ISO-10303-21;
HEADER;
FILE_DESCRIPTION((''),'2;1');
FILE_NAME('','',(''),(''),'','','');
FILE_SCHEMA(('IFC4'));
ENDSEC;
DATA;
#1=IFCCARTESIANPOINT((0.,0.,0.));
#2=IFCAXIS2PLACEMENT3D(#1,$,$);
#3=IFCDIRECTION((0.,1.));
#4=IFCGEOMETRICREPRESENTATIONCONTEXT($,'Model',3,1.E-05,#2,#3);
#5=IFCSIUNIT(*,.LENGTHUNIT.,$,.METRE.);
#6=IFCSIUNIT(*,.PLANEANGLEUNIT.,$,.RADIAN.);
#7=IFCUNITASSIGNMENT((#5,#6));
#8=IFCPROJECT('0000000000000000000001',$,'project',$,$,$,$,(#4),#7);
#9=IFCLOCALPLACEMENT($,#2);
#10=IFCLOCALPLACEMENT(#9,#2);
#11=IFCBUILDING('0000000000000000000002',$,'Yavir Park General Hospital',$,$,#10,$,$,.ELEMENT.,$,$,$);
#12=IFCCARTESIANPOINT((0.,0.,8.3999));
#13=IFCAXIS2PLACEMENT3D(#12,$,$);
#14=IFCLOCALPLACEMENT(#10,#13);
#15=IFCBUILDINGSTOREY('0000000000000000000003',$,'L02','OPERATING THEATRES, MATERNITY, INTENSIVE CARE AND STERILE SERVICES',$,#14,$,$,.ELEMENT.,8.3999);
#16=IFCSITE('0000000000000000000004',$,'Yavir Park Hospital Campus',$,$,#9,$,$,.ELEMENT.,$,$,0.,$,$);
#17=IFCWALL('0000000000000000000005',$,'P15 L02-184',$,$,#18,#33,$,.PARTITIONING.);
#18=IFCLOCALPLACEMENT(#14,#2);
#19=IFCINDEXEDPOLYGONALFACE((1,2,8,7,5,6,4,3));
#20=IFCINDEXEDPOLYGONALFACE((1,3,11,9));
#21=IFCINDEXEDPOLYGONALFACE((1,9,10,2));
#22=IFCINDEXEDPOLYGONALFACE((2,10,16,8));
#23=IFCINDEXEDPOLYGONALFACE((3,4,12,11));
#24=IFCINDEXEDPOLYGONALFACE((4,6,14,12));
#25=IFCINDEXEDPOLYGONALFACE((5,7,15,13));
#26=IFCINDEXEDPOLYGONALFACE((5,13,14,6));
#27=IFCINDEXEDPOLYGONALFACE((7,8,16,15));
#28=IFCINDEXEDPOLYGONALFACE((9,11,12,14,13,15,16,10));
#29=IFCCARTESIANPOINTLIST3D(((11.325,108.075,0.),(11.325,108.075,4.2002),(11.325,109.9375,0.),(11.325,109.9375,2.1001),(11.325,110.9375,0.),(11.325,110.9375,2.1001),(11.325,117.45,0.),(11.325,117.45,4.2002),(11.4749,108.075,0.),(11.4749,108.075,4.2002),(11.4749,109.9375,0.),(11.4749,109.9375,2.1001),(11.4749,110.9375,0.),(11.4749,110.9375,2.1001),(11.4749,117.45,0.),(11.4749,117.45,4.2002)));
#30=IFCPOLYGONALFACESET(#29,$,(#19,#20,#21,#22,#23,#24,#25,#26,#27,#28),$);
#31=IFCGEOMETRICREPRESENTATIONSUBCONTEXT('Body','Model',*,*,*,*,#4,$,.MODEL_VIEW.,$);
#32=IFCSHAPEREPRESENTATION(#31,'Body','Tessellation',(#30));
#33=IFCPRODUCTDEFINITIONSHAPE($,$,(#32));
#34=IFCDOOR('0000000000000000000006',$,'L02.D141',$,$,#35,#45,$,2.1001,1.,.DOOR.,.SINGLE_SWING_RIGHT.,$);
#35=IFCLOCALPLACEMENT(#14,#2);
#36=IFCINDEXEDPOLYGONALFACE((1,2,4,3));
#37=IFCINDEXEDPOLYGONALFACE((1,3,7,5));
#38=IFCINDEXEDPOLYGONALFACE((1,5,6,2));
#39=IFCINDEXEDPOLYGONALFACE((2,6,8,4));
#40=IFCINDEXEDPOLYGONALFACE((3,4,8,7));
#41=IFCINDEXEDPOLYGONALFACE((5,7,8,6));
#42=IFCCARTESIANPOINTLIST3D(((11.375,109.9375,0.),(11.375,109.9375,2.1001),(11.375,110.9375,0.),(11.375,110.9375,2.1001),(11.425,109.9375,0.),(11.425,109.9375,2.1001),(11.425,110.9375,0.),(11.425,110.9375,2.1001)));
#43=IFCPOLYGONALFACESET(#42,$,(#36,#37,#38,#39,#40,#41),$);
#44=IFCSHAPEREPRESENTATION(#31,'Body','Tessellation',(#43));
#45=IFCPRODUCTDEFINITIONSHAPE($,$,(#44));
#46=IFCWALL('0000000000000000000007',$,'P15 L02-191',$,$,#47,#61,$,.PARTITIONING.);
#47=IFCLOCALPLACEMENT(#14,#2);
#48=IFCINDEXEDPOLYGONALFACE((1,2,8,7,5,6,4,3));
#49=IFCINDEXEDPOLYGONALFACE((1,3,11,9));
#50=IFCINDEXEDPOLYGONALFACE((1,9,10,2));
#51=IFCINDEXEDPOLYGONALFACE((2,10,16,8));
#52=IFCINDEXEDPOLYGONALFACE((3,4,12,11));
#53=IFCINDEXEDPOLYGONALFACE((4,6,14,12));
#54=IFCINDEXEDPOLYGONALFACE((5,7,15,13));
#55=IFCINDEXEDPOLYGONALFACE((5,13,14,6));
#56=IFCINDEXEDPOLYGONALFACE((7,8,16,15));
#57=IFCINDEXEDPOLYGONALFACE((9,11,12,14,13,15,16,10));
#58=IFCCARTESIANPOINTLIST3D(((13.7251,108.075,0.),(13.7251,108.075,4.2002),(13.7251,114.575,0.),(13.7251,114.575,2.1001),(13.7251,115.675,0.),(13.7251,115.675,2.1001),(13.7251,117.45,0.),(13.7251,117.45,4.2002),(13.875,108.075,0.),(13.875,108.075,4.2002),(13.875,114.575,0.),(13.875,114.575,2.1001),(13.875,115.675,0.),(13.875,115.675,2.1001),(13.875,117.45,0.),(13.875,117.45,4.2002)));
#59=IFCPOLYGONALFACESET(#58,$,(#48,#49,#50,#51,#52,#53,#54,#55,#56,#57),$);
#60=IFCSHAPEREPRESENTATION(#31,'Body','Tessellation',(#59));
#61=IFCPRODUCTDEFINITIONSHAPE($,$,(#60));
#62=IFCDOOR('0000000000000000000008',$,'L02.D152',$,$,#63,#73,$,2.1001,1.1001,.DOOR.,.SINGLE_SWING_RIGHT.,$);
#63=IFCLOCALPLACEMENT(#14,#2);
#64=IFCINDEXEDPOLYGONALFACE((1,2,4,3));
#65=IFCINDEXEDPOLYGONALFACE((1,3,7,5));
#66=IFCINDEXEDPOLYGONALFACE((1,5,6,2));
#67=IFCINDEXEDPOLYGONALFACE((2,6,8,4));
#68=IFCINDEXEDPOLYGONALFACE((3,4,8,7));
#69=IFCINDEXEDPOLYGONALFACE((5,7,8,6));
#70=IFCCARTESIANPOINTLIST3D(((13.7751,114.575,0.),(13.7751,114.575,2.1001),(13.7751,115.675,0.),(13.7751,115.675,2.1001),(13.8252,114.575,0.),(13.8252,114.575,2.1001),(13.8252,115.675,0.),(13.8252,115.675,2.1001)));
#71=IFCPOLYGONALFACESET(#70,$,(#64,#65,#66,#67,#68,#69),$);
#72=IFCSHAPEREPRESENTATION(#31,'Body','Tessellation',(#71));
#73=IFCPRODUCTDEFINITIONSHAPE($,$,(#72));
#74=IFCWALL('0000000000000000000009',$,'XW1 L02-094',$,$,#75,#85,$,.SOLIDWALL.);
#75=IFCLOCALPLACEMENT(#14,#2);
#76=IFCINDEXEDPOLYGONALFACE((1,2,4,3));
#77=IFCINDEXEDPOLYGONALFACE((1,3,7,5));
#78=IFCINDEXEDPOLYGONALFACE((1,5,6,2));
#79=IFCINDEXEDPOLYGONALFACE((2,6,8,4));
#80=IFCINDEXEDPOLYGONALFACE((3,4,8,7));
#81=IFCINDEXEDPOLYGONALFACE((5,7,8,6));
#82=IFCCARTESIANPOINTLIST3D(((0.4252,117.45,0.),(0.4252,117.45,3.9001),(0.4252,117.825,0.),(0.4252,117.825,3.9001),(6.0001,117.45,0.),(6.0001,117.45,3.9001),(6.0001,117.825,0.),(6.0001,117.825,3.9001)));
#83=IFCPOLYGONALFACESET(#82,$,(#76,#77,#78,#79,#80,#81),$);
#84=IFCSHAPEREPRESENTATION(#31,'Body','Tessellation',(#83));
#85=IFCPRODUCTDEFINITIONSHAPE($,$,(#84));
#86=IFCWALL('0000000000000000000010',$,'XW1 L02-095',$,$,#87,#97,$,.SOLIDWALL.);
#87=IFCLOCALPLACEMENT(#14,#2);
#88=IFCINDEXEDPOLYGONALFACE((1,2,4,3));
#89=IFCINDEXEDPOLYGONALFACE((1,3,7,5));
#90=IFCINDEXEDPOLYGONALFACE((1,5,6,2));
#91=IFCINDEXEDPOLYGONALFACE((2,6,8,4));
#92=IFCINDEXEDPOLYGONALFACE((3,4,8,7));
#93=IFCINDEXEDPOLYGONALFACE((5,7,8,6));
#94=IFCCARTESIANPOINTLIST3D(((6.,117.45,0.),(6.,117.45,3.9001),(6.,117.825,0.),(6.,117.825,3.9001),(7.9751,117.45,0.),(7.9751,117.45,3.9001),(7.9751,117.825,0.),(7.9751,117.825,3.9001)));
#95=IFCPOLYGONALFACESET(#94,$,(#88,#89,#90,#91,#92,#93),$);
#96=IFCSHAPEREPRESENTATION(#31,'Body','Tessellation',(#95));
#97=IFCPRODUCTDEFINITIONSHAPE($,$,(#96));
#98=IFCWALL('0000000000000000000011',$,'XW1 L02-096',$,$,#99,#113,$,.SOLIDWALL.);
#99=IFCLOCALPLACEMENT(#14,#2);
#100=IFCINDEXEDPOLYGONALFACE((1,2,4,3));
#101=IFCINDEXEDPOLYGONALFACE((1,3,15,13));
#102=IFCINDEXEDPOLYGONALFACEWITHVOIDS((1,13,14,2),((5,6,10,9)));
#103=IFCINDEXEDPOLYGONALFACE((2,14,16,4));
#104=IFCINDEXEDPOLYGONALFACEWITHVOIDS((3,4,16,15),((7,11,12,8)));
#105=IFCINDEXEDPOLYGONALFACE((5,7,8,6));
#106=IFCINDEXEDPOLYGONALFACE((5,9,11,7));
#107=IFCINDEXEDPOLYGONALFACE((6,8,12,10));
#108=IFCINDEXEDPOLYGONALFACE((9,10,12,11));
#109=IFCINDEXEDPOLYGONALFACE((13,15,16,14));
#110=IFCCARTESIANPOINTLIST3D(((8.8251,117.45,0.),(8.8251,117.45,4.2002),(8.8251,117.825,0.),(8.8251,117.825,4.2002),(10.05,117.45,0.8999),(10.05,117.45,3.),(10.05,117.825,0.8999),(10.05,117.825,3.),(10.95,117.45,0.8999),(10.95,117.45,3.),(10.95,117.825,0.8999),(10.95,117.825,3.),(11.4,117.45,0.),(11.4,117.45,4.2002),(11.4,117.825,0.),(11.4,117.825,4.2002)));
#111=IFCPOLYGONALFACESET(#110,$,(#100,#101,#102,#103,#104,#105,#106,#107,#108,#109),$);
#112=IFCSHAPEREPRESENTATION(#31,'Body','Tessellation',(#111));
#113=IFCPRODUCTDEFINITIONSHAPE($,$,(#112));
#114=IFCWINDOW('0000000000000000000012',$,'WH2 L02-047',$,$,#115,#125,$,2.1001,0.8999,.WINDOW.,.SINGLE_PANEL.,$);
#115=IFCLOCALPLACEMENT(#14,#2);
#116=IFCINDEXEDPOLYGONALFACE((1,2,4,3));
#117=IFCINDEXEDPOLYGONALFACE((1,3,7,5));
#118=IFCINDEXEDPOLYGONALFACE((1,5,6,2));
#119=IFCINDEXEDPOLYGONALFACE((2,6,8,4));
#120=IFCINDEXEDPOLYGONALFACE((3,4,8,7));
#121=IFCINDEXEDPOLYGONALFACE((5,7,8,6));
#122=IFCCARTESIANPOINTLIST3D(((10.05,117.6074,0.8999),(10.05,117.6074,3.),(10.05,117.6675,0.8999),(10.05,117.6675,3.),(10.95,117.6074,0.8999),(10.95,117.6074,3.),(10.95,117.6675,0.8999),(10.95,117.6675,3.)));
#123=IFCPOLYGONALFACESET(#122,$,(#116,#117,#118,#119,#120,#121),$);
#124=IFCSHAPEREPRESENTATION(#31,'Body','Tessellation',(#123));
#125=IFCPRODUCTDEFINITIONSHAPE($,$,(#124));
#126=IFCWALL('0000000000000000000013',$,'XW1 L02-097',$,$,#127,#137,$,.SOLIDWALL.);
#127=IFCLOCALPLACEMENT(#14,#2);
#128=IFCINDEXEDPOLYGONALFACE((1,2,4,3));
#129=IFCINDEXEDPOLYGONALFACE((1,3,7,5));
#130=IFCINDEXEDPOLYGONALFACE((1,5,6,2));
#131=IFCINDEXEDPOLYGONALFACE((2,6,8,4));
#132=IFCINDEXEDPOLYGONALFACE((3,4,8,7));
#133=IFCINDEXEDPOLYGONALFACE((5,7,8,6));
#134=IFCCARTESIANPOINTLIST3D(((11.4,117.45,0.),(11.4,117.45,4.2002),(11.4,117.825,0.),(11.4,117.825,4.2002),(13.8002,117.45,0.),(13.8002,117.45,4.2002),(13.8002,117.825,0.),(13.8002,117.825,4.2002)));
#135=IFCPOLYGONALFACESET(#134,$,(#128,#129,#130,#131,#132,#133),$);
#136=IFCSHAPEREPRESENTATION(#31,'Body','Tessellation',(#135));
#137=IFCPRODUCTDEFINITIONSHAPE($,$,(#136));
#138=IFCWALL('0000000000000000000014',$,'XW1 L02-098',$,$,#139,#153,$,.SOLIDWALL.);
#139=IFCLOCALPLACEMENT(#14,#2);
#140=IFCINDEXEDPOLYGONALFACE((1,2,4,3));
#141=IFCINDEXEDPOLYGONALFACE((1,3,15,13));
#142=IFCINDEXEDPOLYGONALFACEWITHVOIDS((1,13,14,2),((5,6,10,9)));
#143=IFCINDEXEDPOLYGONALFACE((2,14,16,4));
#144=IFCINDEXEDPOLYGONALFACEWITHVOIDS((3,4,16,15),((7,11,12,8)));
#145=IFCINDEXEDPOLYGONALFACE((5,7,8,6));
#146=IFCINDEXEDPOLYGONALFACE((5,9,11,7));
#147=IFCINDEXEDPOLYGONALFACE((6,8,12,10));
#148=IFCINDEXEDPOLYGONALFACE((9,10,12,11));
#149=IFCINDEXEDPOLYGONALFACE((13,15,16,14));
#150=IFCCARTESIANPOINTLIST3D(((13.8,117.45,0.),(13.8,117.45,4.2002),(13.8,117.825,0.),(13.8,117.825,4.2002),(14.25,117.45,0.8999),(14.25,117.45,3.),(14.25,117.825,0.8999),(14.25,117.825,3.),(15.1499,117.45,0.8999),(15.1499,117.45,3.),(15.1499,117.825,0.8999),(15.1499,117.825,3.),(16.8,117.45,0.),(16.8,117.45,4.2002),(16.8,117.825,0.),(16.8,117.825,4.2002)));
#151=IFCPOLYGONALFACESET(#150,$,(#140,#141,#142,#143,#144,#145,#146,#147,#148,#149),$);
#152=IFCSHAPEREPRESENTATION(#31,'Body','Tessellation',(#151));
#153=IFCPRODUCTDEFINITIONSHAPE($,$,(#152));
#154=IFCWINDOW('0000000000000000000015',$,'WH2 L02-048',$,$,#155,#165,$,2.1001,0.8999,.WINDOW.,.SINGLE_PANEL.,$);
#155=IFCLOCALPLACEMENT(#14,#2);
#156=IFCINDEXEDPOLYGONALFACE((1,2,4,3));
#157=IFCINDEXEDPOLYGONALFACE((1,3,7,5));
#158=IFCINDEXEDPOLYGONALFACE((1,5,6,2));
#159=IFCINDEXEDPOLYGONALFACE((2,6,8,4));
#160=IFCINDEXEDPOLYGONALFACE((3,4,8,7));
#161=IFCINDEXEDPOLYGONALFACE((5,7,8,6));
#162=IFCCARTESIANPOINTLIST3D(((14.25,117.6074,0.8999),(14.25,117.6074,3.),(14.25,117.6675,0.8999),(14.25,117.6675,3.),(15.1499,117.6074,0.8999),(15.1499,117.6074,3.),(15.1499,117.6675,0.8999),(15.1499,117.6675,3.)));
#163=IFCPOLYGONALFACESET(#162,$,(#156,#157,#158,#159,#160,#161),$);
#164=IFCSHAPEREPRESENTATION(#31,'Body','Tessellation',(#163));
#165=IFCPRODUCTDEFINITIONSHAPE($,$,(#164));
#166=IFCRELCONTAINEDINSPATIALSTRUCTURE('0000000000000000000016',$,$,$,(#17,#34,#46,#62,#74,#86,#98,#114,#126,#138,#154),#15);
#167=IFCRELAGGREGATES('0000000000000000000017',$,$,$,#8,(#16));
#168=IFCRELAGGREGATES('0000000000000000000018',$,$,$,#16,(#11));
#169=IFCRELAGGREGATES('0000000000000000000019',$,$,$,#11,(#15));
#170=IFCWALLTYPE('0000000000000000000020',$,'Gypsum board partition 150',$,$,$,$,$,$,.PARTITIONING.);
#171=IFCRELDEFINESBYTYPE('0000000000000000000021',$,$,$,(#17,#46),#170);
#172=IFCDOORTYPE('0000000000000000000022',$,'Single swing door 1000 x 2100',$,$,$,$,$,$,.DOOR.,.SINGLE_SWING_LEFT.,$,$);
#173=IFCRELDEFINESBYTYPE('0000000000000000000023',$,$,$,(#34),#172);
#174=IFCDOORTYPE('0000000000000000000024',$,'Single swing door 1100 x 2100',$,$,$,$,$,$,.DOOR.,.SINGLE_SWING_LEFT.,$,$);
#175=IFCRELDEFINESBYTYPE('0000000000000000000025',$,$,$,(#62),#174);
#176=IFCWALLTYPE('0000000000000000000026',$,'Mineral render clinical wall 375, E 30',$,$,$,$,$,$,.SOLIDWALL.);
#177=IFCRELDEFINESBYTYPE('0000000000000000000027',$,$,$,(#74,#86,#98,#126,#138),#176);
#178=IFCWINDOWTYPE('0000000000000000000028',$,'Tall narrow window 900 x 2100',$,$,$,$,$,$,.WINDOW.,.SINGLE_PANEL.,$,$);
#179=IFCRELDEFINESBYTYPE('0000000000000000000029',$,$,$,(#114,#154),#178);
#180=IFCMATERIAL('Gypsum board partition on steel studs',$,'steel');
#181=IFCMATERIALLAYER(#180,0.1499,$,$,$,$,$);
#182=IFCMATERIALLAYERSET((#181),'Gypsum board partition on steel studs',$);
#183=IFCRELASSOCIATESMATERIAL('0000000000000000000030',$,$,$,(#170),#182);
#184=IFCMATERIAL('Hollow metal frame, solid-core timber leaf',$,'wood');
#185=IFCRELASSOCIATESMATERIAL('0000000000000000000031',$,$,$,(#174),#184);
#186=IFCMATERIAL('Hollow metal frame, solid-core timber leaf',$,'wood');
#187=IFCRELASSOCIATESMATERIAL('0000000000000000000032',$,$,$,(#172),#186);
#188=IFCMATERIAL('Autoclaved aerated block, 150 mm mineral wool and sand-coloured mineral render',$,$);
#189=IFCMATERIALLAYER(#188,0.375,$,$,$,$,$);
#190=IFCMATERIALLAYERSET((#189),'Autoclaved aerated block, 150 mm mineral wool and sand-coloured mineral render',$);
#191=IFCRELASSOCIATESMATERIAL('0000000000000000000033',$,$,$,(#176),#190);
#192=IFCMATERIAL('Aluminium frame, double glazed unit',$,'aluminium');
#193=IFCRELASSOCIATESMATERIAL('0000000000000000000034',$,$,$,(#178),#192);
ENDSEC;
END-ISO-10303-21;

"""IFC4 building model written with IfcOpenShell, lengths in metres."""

from ifc_helpers import new_model, si_unit, direction, frame, frame_2d, origin, place, context, subcontext, project, spatial, rectangle, extrude, material, layer, layer_set, type_object, element, fill, save


model = new_model("IFC4")

# Units and contexts
model_context = context("Model", 3, precision=1e-05, world=origin(), true_north=direction((0.0, 1.0)))
body_context = subcontext(model_context, "Body", "Model", "MODEL_VIEW")
ifc_project = project(units=[si_unit("LENGTHUNIT", "METRE"), si_unit("PLANEANGLEUNIT", "RADIAN")], contexts=[model_context])

# Site, building, storey
site_placement = place(None, origin())
site = spatial("IfcSite", under=ifc_project, at=site_placement, Name="Yavir Park Hospital Campus", CompositionType="ELEMENT", RefElevation=0.0)
building_placement = place(site_placement, origin())
building = spatial("IfcBuilding", under=site, at=building_placement, Name="Yavir Park General Hospital", CompositionType="ELEMENT")
storey_placement = place(building_placement, frame((0.0, 0.0, 8.3999)))
storey = spatial("IfcBuildingStorey", under=building, at=storey_placement, Name="L02", Description="OPERATING THEATRES, MATERNITY, INTENSIVE CARE AND STERILE SERVICES", CompositionType="ELEMENT", Elevation=8.3999)

# Shared definitions
ifc_material_1 = material(Name="Gypsum board partition on steel studs", Category="steel")
ifc_layer_1 = layer(ifc_material_1, 0.1499)
ifc_layer_set_1 = layer_set([ifc_layer_1], Name="Gypsum board partition on steel studs")
wall_type_1 = type_object("IfcWallType", Name="Gypsum board partition 150", PredefinedType="PARTITIONING", material=ifc_layer_set_1)

# Shared definitions
ifc_material_2 = material(Name="Hollow metal frame, solid-core timber leaf", Category="wood")
door_type_1 = type_object("IfcDoorType", Name="Single swing door 1100 x 2100", OperationType="SINGLE_SWING_LEFT", PredefinedType="DOOR", material=ifc_material_2)

# Walls, openings, doors
wall_1_placement = place(storey_placement, frame((11.3999, 108.075, 0.0), z_axis=(0.0, 0.0, 1.0), x_axis=(0.0, 1.0, 0.0)))
wall_1 = element("IfcWall", 1, at=wall_1_placement, inside=storey, type_object=wall_type_1, Name="P15 L02-184", PredefinedType="PARTITIONING", context=body_context, shape_type="SweptSolid", body=[
    extrude(rectangle(XDim=9.375, YDim=0.1499, at=frame_2d((4.6875, 0.0))), origin(), (0.0, 0.0, 1.0), 4.2002),
])
opening_1_placement = place(wall_1_placement, frame((1.8625, 0.0, 0.0)))
opening_1 = element("IfcOpeningElement", 2, at=opening_1_placement, cuts=wall_1, PredefinedType="OPENING", context=body_context, shape_type="SweptSolid", body=[
    extrude(rectangle(XDim=1.0, YDim=2.1001, at=frame_2d((0.5, 1.05))), frame((0.0, 0.085, 0.0), z_axis=(0.0, -1.0, 0.0), x_axis=(1.0, 0.0, 0.0)), (0.0, 0.0, 1.0), 0.1699),
])
ifc_material_3 = material(Name="Hollow metal frame, solid-core timber leaf", Category="wood")
door_type_2 = type_object("IfcDoorType", Name="Single swing door 1000 x 2100", OperationType="SINGLE_SWING_LEFT", PredefinedType="DOOR", material=ifc_material_3)
door_1_placement = place(opening_1_placement, origin())
door_1 = element("IfcDoor", 3, at=door_1_placement, inside=storey, type_object=door_type_2, Name="L02.D141", OperationType="SINGLE_SWING_RIGHT", OverallHeight=2.1001, OverallWidth=1.0, PredefinedType="DOOR", context=body_context, shape_type="SweptSolid", body=[
    extrude(rectangle(XDim=1.0, YDim=2.1001, at=frame_2d((0.5, 1.05))), frame((0.0, 0.0249, 0.0), z_axis=(0.0, -1.0, 0.0), x_axis=(1.0, 0.0, 0.0)), (0.0, 0.0, 1.0), 0.05),
])
fill(opening_1, door_1)
wall_2_placement = place(storey_placement, frame((13.8, 108.075, 0.0), z_axis=(0.0, 0.0, 1.0), x_axis=(0.0, 1.0, 0.0)))
wall_2 = element("IfcWall", 4, at=wall_2_placement, inside=storey, type_object=wall_type_1, Name="P15 L02-191", PredefinedType="PARTITIONING", context=body_context, shape_type="SweptSolid", body=[
    extrude(rectangle(XDim=9.375, YDim=0.1499, at=frame_2d((4.6875, 0.0))), origin(), (0.0, 0.0, 1.0), 4.2002),
])
opening_2_placement = place(wall_2_placement, frame((6.5, 0.0, 0.0)))
opening_2 = element("IfcOpeningElement", 5, at=opening_2_placement, cuts=wall_2, PredefinedType="OPENING", context=body_context, shape_type="SweptSolid", body=[
    extrude(rectangle(XDim=1.1001, YDim=2.1001, at=frame_2d((0.55, 1.05))), frame((0.0, 0.085, 0.0), z_axis=(0.0, -1.0, 0.0), x_axis=(1.0, 0.0, 0.0)), (0.0, 0.0, 1.0), 0.1699),
])
door_2_placement = place(opening_2_placement, origin())
door_2 = element("IfcDoor", 6, at=door_2_placement, inside=storey, type_object=door_type_1, Name="L02.D152", OperationType="SINGLE_SWING_RIGHT", OverallHeight=2.1001, OverallWidth=1.1001, PredefinedType="DOOR", context=body_context, shape_type="SweptSolid", body=[
    extrude(rectangle(XDim=1.1001, YDim=2.1001, at=frame_2d((0.55, 1.05))), frame((0.0, 0.0249, 0.0), z_axis=(0.0, -1.0, 0.0), x_axis=(1.0, 0.0, 0.0)), (0.0, 0.0, 1.0), 0.05),
])
fill(opening_2, door_2)

# Walls
ifc_material_4 = material(Name="Autoclaved aerated block, 150 mm mineral wool and sand-coloured mineral render")
ifc_layer_2 = layer(ifc_material_4, 0.375)
ifc_layer_set_2 = layer_set([ifc_layer_2], Name="Autoclaved aerated block, 150 mm mineral wool and sand-coloured mineral render")
wall_type_2 = type_object("IfcWallType", Name="Mineral render clinical wall 375, E 30", PredefinedType="SOLIDWALL", material=ifc_layer_set_2)
wall_3_placement = place(storey_placement, frame((0.425, 117.6375, 0.0), z_axis=(0.0, 0.0, 1.0), x_axis=(1.0, 0.0, 0.0)))
element("IfcWall", 7, at=wall_3_placement, inside=storey, type_object=wall_type_2, Name="XW1 L02-094", PredefinedType="SOLIDWALL", context=body_context, shape_type="SweptSolid", body=[
    extrude(rectangle(XDim=5.575, YDim=0.375, at=frame_2d((2.7876, 0.0))), origin(), (0.0, 0.0, 1.0), 3.9001),
])
wall_4_placement = place(storey_placement, frame((6.0, 117.6375, 0.0), z_axis=(0.0, 0.0, 1.0), x_axis=(1.0, 0.0, 0.0)))
element("IfcWall", 8, at=wall_4_placement, inside=storey, type_object=wall_type_2, Name="XW1 L02-095", PredefinedType="SOLIDWALL", context=body_context, shape_type="SweptSolid", body=[
    extrude(rectangle(XDim=1.9751, YDim=0.375, at=frame_2d((0.9875, 0.0))), origin(), (0.0, 0.0, 1.0), 3.9001),
])

# Wall, opening, window
wall_5_placement = place(storey_placement, frame((8.825, 117.6375, 0.0), z_axis=(0.0, 0.0, 1.0), x_axis=(1.0, 0.0, 0.0)))
wall_5 = element("IfcWall", 9, at=wall_5_placement, inside=storey, type_object=wall_type_2, Name="XW1 L02-096", PredefinedType="SOLIDWALL", context=body_context, shape_type="SweptSolid", body=[
    extrude(rectangle(XDim=2.575, YDim=0.375, at=frame_2d((1.2876, 0.0))), origin(), (0.0, 0.0, 1.0), 4.2002),
])
opening_3_placement = place(wall_5_placement, frame((1.2251, 0.0, 0.8999)))
opening_3 = element("IfcOpeningElement", 10, at=opening_3_placement, cuts=wall_5, PredefinedType="OPENING", context=body_context, shape_type="SweptSolid", body=[
    extrude(rectangle(XDim=0.8999, YDim=2.1001, at=frame_2d((0.45, 1.05))), frame((0.0, 0.1975, 0.0), z_axis=(0.0, -1.0, 0.0), x_axis=(1.0, 0.0, 0.0)), (0.0, 0.0, 1.0), 0.395),
])
ifc_material_5 = material(Name="Aluminium frame, double glazed unit", Category="aluminium")
window_type = type_object("IfcWindowType", Name="Tall narrow window 900 x 2100", PartitioningType="SINGLE_PANEL", PredefinedType="WINDOW", material=ifc_material_5)
window_1_placement = place(opening_3_placement, origin())
window_1 = element("IfcWindow", 11, at=window_1_placement, inside=storey, type_object=window_type, Name="WH2 L02-047", OverallHeight=2.1001, OverallWidth=0.8999, PartitioningType="SINGLE_PANEL", PredefinedType="WINDOW", context=body_context, shape_type="SweptSolid", body=[
    extrude(rectangle(XDim=0.8999, YDim=2.1001, at=frame_2d((0.45, 1.05))), frame((0.0, 0.03, 0.0), z_axis=(0.0, -1.0, 0.0), x_axis=(1.0, 0.0, 0.0)), (0.0, 0.0, 1.0), 0.0601),
])
fill(opening_3, window_1)

# Wall
wall_6_placement = place(storey_placement, frame((11.3999, 117.6375, 0.0), z_axis=(0.0, 0.0, 1.0), x_axis=(1.0, 0.0, 0.0)))
element("IfcWall", 12, at=wall_6_placement, inside=storey, type_object=wall_type_2, Name="XW1 L02-097", PredefinedType="SOLIDWALL", context=body_context, shape_type="SweptSolid", body=[
    extrude(rectangle(XDim=2.4001, YDim=0.375, at=frame_2d((1.2002, 0.0))), origin(), (0.0, 0.0, 1.0), 4.2002),
])

# Wall, opening, window
wall_7_placement = place(storey_placement, frame((13.8, 117.6375, 0.0), z_axis=(0.0, 0.0, 1.0), x_axis=(1.0, 0.0, 0.0)))
wall_7 = element("IfcWall", 13, at=wall_7_placement, inside=storey, type_object=wall_type_2, Name="XW1 L02-098", PredefinedType="SOLIDWALL", context=body_context, shape_type="SweptSolid", body=[
    extrude(rectangle(XDim=3.0, YDim=0.375, at=frame_2d((1.5, 0.0))), origin(), (0.0, 0.0, 1.0), 4.2002),
])
opening_4_placement = place(wall_7_placement, frame((0.45, 0.0, 0.8999)))
opening_4 = element("IfcOpeningElement", 14, at=opening_4_placement, cuts=wall_7, PredefinedType="OPENING", context=body_context, shape_type="SweptSolid", body=[
    extrude(rectangle(XDim=0.8999, YDim=2.1001, at=frame_2d((0.45, 1.05))), frame((0.0, 0.1975, 0.0), z_axis=(0.0, -1.0, 0.0), x_axis=(1.0, 0.0, 0.0)), (0.0, 0.0, 1.0), 0.395),
])
window_2_placement = place(opening_4_placement, origin())
window_2 = element("IfcWindow", 15, at=window_2_placement, inside=storey, type_object=window_type, Name="WH2 L02-048", OverallHeight=2.1001, OverallWidth=0.8999, PartitioningType="SINGLE_PANEL", PredefinedType="WINDOW", context=body_context, shape_type="SweptSolid", body=[
    extrude(rectangle(XDim=0.8999, YDim=2.1001, at=frame_2d((0.45, 1.05))), frame((0.0, 0.03, 0.0), z_axis=(0.0, -1.0, 0.0), x_axis=(1.0, 0.0, 0.0)), (0.0, 0.0, 1.0), 0.0601),
])
fill(opening_4, window_2)

save(model, "model.ifc")
